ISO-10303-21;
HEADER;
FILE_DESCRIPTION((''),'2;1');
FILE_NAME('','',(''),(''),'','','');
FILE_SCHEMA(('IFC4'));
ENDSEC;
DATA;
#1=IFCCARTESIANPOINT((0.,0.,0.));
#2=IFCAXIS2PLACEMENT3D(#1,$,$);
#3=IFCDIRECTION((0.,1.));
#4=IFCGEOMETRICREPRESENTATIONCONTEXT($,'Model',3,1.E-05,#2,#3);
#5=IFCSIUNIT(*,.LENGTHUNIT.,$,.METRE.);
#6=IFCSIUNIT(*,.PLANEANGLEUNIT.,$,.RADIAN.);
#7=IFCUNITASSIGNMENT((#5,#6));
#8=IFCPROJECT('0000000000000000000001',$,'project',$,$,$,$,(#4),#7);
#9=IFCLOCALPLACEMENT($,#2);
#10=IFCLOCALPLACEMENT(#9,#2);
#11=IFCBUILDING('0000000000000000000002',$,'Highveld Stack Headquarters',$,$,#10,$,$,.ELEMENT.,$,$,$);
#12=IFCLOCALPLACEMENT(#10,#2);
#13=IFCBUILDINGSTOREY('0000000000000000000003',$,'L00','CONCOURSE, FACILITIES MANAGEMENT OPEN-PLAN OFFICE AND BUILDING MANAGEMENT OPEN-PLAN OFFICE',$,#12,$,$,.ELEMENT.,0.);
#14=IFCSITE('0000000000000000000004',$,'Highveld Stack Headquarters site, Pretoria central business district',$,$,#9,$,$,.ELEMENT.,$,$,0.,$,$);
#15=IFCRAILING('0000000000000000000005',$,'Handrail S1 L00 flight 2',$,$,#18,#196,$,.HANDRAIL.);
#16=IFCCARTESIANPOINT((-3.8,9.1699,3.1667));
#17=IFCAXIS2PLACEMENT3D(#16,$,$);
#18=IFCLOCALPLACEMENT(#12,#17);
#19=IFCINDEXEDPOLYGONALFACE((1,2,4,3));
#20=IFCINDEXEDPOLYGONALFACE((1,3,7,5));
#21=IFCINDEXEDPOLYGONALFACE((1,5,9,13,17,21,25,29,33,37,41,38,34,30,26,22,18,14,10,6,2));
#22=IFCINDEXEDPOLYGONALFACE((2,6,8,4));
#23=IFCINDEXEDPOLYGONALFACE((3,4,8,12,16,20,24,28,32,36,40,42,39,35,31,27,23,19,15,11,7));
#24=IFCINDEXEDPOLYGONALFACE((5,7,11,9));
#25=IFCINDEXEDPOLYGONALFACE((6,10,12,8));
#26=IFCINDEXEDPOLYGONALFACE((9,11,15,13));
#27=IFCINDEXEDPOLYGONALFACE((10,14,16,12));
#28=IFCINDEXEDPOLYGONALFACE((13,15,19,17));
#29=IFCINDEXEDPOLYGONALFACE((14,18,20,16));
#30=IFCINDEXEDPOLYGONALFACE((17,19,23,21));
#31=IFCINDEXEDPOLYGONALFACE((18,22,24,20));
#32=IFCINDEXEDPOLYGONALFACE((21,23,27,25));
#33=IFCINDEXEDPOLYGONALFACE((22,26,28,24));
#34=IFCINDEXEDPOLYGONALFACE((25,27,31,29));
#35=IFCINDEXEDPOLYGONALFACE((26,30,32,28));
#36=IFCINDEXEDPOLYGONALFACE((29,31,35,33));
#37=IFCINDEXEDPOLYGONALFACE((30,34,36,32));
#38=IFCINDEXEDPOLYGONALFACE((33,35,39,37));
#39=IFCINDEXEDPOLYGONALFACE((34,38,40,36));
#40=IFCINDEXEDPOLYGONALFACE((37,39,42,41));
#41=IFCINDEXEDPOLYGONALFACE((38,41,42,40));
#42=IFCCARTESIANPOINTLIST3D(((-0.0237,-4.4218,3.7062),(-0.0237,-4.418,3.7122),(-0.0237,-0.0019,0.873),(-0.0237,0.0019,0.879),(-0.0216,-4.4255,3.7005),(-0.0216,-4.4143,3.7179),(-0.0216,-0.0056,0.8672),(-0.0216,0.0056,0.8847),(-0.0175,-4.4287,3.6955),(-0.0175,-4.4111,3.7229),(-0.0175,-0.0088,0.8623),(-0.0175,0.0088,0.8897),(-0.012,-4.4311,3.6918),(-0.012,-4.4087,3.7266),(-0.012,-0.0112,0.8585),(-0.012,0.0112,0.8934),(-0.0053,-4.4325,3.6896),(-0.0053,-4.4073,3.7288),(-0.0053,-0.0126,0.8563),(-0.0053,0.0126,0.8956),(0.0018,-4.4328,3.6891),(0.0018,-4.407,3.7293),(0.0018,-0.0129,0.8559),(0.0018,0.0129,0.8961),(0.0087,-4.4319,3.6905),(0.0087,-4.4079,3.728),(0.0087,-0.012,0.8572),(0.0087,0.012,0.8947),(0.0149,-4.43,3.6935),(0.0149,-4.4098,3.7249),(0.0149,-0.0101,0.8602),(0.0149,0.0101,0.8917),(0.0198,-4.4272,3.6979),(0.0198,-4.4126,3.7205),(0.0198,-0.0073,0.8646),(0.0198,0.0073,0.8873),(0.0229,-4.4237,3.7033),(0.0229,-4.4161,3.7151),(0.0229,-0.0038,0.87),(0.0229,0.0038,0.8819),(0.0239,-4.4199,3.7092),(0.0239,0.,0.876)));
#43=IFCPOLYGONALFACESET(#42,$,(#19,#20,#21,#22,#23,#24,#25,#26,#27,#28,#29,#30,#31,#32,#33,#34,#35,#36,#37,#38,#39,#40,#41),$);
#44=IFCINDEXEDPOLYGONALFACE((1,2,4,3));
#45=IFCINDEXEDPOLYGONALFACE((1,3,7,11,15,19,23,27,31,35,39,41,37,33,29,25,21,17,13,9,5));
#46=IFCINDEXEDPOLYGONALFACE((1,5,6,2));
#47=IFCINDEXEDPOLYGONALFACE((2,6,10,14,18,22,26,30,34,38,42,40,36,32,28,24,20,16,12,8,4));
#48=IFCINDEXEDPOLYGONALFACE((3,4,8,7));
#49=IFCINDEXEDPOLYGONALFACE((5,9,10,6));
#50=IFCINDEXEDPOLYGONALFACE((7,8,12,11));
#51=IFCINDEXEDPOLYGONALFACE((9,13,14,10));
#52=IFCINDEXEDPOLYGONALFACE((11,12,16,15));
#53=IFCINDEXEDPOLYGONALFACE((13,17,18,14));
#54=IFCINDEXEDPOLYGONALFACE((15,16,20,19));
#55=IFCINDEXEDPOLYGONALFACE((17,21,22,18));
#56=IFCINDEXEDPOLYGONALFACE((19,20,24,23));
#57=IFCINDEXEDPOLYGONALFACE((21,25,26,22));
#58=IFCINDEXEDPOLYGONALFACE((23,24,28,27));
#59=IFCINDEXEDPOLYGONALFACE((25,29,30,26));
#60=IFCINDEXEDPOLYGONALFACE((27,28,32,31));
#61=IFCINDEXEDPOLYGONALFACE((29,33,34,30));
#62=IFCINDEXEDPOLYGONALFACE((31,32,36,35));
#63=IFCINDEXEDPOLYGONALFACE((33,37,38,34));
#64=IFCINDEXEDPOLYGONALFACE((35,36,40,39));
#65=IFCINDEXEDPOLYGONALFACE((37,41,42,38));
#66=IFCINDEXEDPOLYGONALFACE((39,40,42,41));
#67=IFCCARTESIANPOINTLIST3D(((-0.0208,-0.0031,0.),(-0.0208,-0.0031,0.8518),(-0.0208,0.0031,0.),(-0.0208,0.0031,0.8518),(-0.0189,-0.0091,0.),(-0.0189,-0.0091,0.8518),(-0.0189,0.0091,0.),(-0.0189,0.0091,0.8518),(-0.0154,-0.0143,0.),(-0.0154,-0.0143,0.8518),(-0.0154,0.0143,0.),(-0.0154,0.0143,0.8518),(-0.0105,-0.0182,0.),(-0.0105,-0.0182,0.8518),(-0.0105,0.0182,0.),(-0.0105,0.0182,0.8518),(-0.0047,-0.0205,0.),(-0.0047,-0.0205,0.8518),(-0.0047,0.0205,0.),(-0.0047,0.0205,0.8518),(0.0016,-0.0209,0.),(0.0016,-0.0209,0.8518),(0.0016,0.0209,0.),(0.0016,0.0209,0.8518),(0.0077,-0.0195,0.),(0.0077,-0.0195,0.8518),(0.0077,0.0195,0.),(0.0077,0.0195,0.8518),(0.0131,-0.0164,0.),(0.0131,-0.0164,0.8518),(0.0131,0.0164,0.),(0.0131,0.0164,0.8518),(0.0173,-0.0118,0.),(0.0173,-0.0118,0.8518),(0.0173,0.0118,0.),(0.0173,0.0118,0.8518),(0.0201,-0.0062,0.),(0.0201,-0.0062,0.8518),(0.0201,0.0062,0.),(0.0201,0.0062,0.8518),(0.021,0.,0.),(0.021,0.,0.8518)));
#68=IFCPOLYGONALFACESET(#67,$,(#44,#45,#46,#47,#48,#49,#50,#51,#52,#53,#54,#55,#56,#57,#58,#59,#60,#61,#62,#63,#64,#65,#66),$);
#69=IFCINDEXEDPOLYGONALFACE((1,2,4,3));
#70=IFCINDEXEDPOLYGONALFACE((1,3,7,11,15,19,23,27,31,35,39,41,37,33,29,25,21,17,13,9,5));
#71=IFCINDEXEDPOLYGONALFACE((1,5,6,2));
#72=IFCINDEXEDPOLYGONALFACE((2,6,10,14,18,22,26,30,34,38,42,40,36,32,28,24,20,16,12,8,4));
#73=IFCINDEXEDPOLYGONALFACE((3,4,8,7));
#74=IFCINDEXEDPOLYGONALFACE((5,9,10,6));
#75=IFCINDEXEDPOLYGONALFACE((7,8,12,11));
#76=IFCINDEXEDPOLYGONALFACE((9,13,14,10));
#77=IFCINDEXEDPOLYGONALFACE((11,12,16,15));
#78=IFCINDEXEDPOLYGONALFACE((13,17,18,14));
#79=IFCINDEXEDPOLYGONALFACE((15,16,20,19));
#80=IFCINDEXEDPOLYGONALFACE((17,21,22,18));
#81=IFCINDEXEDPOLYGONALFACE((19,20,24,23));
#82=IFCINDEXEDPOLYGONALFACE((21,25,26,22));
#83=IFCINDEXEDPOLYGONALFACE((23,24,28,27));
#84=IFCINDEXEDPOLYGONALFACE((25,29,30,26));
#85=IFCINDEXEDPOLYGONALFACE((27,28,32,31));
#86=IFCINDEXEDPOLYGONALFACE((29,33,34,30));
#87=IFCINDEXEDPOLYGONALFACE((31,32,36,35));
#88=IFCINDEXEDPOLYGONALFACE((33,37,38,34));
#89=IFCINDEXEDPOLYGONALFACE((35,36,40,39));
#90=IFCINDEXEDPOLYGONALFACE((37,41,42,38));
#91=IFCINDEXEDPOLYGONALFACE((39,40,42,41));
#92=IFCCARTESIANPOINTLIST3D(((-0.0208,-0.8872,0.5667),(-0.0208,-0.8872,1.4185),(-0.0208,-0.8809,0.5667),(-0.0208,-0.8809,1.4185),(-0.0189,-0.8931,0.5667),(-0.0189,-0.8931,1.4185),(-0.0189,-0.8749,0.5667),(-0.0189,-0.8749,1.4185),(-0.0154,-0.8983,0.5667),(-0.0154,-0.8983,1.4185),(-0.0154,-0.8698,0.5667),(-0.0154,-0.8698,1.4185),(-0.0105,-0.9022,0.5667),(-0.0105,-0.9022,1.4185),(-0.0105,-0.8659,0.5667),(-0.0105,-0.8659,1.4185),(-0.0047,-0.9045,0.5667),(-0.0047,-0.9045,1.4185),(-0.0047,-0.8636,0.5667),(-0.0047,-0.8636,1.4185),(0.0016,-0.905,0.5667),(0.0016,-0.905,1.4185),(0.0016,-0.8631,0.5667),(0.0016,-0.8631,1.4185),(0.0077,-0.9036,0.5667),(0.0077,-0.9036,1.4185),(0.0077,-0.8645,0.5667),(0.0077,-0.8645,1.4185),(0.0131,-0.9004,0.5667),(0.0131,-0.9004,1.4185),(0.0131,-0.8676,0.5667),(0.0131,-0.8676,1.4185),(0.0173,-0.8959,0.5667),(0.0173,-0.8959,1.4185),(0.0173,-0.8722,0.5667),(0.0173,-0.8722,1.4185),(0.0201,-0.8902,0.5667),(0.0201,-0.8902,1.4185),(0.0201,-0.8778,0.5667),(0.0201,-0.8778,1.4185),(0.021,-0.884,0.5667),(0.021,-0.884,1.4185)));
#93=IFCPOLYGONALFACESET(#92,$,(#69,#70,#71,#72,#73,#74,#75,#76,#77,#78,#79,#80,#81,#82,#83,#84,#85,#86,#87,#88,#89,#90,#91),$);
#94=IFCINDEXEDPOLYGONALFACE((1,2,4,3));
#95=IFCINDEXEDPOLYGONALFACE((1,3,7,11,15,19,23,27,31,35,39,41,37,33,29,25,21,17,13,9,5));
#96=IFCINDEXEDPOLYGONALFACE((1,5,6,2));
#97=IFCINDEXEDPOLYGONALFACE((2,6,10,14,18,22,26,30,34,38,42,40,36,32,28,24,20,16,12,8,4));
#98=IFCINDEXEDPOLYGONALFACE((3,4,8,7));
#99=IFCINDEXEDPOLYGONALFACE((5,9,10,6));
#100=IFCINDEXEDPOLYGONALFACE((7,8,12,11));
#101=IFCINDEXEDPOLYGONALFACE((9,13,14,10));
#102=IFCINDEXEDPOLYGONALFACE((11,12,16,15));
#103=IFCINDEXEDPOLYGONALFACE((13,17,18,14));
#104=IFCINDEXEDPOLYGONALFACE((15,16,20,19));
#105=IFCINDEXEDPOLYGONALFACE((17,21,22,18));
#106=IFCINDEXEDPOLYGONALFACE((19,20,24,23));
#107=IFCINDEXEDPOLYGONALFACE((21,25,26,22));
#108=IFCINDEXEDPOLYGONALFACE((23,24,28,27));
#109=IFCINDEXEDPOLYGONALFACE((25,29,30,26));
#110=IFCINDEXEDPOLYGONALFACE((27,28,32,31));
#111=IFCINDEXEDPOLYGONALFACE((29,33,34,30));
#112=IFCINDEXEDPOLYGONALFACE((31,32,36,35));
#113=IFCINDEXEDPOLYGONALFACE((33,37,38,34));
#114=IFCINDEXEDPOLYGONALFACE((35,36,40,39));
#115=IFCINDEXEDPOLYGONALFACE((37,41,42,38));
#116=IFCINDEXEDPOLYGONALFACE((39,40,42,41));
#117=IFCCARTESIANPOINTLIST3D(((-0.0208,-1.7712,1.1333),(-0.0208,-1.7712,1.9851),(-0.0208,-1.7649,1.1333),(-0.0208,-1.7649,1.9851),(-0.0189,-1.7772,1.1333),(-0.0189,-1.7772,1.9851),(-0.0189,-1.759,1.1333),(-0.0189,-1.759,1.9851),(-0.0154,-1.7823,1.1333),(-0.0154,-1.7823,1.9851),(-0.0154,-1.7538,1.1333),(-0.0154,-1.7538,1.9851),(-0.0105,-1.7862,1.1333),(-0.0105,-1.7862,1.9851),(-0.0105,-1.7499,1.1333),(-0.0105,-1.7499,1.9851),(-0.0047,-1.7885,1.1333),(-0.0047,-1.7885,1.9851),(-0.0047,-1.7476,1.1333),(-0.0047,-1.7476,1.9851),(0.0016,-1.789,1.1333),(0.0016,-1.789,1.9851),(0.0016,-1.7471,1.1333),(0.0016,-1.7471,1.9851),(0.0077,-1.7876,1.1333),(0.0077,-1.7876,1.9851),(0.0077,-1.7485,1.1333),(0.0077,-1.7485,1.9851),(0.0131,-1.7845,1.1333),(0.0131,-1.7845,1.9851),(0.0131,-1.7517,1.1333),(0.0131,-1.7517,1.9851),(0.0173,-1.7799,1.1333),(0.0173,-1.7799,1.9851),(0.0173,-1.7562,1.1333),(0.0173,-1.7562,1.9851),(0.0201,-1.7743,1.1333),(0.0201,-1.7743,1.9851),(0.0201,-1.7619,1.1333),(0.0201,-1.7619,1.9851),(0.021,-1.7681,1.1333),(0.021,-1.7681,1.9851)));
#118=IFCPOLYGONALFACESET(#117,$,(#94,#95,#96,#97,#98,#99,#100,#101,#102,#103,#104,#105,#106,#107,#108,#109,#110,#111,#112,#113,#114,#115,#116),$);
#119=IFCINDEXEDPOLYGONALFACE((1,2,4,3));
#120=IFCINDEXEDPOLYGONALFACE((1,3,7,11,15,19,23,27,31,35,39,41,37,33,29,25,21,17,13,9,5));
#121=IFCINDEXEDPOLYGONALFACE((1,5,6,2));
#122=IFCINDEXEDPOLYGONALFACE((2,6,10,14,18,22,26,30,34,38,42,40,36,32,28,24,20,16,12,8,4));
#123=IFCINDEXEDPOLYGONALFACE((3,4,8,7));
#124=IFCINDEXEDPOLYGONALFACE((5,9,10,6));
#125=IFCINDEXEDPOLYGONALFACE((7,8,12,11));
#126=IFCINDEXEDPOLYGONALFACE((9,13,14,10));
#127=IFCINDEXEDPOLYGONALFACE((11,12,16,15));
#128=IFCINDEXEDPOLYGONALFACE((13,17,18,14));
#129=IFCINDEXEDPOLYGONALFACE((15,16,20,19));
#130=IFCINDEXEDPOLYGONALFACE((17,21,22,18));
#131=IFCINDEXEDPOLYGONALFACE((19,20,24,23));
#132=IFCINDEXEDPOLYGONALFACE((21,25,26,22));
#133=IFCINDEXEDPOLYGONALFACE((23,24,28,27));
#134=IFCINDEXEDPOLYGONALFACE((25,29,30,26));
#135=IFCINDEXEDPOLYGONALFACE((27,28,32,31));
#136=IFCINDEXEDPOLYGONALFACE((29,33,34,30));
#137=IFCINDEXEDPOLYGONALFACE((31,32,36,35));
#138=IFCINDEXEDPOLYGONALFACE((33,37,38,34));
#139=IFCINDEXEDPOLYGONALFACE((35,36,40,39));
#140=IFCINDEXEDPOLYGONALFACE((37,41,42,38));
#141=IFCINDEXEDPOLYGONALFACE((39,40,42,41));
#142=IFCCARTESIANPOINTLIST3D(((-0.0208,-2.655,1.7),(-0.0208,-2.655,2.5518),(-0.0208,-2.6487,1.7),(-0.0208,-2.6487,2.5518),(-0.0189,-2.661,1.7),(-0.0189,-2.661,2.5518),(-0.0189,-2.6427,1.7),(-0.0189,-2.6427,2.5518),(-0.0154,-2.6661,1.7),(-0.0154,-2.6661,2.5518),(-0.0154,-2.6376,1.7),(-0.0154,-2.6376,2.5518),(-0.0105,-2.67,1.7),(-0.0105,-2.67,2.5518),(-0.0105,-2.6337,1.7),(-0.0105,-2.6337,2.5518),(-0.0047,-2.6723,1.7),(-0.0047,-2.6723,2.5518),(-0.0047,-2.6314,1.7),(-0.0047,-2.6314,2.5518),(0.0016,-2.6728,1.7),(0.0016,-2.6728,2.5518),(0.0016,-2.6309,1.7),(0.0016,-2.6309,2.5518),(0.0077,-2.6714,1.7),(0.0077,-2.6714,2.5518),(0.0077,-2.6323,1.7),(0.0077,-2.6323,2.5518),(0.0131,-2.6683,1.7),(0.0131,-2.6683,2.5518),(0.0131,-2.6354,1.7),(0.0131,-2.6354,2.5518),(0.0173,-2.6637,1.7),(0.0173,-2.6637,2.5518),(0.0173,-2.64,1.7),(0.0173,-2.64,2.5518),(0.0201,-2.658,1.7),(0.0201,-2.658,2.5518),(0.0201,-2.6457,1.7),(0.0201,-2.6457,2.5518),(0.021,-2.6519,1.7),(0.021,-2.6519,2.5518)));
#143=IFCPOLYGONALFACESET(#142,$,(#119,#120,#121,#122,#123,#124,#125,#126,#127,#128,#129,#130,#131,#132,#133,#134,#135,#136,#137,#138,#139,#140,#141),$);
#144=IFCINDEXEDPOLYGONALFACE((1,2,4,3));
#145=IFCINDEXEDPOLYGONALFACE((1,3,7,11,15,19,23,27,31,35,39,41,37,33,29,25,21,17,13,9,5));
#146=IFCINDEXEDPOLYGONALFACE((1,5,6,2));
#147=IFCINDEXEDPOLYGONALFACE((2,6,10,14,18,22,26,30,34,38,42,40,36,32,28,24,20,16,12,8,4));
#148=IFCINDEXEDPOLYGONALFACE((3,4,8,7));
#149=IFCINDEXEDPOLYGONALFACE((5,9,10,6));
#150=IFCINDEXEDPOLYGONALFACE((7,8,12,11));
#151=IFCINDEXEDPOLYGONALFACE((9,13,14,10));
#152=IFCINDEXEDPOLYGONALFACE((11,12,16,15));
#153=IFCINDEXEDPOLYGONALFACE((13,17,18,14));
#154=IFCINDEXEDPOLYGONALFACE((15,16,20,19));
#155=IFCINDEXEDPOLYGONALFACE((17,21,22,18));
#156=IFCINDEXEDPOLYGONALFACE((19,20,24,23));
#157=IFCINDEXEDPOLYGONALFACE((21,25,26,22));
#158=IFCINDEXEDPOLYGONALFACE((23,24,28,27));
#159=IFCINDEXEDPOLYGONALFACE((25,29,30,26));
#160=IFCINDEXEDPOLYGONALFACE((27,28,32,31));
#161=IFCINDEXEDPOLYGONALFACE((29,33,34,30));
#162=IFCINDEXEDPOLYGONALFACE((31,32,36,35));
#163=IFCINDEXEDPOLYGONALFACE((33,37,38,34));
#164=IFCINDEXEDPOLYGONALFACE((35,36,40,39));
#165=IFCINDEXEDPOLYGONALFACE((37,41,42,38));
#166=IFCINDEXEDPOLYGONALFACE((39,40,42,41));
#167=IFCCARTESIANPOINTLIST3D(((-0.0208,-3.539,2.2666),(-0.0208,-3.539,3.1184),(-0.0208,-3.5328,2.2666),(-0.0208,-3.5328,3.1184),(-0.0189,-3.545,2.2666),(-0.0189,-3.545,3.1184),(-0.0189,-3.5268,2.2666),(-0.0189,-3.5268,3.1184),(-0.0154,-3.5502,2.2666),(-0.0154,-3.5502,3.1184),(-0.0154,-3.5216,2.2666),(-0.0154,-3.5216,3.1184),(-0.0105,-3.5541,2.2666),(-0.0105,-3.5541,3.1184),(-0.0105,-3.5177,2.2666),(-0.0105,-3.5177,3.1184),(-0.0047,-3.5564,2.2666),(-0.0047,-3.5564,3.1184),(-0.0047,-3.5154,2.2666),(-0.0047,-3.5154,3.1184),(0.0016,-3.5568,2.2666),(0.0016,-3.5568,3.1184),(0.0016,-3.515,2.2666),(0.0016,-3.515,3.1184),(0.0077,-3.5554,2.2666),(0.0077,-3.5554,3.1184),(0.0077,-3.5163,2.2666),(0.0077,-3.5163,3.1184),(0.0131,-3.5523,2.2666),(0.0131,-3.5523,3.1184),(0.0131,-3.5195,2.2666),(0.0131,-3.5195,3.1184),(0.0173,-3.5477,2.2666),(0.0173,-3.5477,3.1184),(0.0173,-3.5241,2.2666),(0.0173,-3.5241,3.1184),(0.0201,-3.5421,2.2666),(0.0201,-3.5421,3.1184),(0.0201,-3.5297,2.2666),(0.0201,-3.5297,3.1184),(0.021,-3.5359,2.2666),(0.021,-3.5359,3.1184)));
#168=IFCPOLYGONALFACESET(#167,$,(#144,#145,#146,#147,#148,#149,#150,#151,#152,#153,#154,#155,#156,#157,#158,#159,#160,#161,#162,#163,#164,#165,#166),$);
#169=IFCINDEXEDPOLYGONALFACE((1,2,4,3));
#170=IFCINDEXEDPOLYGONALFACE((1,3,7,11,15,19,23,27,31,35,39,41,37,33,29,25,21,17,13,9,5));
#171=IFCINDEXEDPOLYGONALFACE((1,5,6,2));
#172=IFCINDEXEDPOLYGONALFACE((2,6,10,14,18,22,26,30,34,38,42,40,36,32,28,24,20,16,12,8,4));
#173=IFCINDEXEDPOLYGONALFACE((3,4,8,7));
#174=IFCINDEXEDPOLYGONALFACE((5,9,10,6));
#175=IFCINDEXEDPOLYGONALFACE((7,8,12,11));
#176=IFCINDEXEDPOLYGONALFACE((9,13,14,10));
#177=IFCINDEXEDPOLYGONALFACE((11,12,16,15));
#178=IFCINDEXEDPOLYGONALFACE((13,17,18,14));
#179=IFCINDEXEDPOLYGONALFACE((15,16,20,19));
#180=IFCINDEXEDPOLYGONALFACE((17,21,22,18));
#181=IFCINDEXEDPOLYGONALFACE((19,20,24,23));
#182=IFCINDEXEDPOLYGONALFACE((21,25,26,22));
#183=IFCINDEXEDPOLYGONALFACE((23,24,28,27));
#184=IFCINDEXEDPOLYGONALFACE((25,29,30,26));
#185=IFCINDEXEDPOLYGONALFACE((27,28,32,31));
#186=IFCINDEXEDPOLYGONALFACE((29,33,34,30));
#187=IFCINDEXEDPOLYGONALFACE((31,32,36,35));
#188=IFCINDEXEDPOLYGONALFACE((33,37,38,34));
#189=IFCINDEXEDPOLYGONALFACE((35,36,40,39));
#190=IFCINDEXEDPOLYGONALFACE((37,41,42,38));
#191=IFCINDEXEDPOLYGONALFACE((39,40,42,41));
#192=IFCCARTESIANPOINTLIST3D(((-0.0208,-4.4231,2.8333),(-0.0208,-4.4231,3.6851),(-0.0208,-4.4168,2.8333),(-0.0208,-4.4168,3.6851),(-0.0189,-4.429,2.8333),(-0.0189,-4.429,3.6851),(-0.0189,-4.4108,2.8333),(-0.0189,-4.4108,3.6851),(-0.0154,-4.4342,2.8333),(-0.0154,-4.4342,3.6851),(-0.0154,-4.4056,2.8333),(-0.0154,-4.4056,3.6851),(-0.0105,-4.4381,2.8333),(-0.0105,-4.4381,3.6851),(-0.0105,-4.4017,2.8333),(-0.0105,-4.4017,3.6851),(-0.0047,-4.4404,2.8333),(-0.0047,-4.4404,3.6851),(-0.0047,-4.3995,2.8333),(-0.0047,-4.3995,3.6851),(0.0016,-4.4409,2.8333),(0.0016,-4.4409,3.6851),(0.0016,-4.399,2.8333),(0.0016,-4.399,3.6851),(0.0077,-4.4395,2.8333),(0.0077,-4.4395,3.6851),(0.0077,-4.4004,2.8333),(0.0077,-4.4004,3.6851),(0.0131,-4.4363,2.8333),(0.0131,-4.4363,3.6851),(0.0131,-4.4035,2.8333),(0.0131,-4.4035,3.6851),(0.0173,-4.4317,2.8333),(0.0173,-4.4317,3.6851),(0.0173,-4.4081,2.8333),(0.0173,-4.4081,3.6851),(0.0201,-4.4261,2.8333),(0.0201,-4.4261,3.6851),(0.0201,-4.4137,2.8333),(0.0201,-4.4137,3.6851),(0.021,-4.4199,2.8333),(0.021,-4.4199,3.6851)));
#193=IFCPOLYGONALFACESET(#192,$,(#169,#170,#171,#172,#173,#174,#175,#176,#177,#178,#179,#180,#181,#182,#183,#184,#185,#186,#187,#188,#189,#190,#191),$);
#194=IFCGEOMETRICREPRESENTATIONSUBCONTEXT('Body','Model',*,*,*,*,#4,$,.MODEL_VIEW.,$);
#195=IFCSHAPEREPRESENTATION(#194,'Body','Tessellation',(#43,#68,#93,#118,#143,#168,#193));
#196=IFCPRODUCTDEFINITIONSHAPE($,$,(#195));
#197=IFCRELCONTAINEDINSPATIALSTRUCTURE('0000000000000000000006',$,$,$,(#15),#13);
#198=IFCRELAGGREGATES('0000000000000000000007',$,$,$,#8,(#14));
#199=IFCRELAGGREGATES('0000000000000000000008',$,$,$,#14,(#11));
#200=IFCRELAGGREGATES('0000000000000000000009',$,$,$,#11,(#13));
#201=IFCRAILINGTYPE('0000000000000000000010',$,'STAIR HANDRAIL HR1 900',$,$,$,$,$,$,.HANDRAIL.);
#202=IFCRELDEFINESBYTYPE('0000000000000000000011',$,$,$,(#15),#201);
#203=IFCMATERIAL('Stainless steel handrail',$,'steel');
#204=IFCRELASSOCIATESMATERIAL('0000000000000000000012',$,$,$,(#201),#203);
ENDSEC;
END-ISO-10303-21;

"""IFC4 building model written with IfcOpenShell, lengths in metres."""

from ifc_helpers import new_model, si_unit, direction, frame, origin, origin_2d, place, context, subcontext, project, spatial, circle, extrude, material, type_object, element, save


model = new_model("IFC4")

# Units and contexts
model_context = context("Model", 3, precision=1e-05, world=origin(), true_north=direction((0.0, 1.0)))
body_context = subcontext(model_context, "Body", "Model", "MODEL_VIEW")
ifc_project = project(units=[si_unit("LENGTHUNIT", "METRE"), si_unit("PLANEANGLEUNIT", "RADIAN")], contexts=[model_context])

# Site, building, storey
site_placement = place(None, origin())
site = spatial("IfcSite", under=ifc_project, at=site_placement, Name="Highveld Stack Headquarters site, Pretoria central business district", CompositionType="ELEMENT", RefElevation=0.0)
building_placement = place(site_placement, origin())
building = spatial("IfcBuilding", under=site, at=building_placement, Name="Highveld Stack Headquarters", CompositionType="ELEMENT")
storey_placement = place(building_placement, origin())
storey = spatial("IfcBuildingStorey", under=building, at=storey_placement, Name="L00", Description="CONCOURSE, FACILITIES MANAGEMENT OPEN-PLAN OFFICE AND BUILDING MANAGEMENT OPEN-PLAN OFFICE", CompositionType="ELEMENT", Elevation=0.0)

# Railing
ifc_material_1 = material(Name="Stainless steel handrail", Category="steel")
railing_type = type_object("IfcRailingType", Name="STAIR HANDRAIL HR1 900", PredefinedType="HANDRAIL", material=ifc_material_1)
for number, where, name in (
    (1, (-3.8, 9.1699, 3.1667), "Handrail S1 L00 flight 2"),
):
    element("IfcRailing", number, at=place(storey_placement, frame(where)), inside=storey, type_object=railing_type, Name=name, PredefinedType="HANDRAIL", context=body_context, shape_type="SweptSolid", body=[
        extrude(circle(Radius=0.0239, at=origin_2d()), frame((0.0, 0.0, 0.876), z_axis=(0.0, -0.841882, 0.539662), x_axis=(1.0, 0.0, 0.0)), (0.0, 0.0, 1.0), 5.25),
        extrude(circle(Radius=0.021, at=origin_2d()), origin(), (0.0, 0.0, 1.0), 0.8518),
        extrude(circle(Radius=0.021, at=origin_2d()), frame((0.0, -0.884, 0.5667)), (0.0, 0.0, 1.0), 0.8518),
        extrude(circle(Radius=0.021, at=origin_2d()), frame((0.0, -1.7681, 1.1333)), (0.0, 0.0, 1.0), 0.8518),
        extrude(circle(Radius=0.021, at=origin_2d()), frame((0.0, -2.6519, 1.7)), (0.0, 0.0, 1.0), 0.8518),
        extrude(circle(Radius=0.021, at=origin_2d()), frame((0.0, -3.5359, 2.2666)), (0.0, 0.0, 1.0), 0.8518),
        extrude(circle(Radius=0.021, at=origin_2d()), frame((0.0, -4.4199, 2.8333)), (0.0, 0.0, 1.0), 0.8518),
    ])

save(model, "model.ifc")
